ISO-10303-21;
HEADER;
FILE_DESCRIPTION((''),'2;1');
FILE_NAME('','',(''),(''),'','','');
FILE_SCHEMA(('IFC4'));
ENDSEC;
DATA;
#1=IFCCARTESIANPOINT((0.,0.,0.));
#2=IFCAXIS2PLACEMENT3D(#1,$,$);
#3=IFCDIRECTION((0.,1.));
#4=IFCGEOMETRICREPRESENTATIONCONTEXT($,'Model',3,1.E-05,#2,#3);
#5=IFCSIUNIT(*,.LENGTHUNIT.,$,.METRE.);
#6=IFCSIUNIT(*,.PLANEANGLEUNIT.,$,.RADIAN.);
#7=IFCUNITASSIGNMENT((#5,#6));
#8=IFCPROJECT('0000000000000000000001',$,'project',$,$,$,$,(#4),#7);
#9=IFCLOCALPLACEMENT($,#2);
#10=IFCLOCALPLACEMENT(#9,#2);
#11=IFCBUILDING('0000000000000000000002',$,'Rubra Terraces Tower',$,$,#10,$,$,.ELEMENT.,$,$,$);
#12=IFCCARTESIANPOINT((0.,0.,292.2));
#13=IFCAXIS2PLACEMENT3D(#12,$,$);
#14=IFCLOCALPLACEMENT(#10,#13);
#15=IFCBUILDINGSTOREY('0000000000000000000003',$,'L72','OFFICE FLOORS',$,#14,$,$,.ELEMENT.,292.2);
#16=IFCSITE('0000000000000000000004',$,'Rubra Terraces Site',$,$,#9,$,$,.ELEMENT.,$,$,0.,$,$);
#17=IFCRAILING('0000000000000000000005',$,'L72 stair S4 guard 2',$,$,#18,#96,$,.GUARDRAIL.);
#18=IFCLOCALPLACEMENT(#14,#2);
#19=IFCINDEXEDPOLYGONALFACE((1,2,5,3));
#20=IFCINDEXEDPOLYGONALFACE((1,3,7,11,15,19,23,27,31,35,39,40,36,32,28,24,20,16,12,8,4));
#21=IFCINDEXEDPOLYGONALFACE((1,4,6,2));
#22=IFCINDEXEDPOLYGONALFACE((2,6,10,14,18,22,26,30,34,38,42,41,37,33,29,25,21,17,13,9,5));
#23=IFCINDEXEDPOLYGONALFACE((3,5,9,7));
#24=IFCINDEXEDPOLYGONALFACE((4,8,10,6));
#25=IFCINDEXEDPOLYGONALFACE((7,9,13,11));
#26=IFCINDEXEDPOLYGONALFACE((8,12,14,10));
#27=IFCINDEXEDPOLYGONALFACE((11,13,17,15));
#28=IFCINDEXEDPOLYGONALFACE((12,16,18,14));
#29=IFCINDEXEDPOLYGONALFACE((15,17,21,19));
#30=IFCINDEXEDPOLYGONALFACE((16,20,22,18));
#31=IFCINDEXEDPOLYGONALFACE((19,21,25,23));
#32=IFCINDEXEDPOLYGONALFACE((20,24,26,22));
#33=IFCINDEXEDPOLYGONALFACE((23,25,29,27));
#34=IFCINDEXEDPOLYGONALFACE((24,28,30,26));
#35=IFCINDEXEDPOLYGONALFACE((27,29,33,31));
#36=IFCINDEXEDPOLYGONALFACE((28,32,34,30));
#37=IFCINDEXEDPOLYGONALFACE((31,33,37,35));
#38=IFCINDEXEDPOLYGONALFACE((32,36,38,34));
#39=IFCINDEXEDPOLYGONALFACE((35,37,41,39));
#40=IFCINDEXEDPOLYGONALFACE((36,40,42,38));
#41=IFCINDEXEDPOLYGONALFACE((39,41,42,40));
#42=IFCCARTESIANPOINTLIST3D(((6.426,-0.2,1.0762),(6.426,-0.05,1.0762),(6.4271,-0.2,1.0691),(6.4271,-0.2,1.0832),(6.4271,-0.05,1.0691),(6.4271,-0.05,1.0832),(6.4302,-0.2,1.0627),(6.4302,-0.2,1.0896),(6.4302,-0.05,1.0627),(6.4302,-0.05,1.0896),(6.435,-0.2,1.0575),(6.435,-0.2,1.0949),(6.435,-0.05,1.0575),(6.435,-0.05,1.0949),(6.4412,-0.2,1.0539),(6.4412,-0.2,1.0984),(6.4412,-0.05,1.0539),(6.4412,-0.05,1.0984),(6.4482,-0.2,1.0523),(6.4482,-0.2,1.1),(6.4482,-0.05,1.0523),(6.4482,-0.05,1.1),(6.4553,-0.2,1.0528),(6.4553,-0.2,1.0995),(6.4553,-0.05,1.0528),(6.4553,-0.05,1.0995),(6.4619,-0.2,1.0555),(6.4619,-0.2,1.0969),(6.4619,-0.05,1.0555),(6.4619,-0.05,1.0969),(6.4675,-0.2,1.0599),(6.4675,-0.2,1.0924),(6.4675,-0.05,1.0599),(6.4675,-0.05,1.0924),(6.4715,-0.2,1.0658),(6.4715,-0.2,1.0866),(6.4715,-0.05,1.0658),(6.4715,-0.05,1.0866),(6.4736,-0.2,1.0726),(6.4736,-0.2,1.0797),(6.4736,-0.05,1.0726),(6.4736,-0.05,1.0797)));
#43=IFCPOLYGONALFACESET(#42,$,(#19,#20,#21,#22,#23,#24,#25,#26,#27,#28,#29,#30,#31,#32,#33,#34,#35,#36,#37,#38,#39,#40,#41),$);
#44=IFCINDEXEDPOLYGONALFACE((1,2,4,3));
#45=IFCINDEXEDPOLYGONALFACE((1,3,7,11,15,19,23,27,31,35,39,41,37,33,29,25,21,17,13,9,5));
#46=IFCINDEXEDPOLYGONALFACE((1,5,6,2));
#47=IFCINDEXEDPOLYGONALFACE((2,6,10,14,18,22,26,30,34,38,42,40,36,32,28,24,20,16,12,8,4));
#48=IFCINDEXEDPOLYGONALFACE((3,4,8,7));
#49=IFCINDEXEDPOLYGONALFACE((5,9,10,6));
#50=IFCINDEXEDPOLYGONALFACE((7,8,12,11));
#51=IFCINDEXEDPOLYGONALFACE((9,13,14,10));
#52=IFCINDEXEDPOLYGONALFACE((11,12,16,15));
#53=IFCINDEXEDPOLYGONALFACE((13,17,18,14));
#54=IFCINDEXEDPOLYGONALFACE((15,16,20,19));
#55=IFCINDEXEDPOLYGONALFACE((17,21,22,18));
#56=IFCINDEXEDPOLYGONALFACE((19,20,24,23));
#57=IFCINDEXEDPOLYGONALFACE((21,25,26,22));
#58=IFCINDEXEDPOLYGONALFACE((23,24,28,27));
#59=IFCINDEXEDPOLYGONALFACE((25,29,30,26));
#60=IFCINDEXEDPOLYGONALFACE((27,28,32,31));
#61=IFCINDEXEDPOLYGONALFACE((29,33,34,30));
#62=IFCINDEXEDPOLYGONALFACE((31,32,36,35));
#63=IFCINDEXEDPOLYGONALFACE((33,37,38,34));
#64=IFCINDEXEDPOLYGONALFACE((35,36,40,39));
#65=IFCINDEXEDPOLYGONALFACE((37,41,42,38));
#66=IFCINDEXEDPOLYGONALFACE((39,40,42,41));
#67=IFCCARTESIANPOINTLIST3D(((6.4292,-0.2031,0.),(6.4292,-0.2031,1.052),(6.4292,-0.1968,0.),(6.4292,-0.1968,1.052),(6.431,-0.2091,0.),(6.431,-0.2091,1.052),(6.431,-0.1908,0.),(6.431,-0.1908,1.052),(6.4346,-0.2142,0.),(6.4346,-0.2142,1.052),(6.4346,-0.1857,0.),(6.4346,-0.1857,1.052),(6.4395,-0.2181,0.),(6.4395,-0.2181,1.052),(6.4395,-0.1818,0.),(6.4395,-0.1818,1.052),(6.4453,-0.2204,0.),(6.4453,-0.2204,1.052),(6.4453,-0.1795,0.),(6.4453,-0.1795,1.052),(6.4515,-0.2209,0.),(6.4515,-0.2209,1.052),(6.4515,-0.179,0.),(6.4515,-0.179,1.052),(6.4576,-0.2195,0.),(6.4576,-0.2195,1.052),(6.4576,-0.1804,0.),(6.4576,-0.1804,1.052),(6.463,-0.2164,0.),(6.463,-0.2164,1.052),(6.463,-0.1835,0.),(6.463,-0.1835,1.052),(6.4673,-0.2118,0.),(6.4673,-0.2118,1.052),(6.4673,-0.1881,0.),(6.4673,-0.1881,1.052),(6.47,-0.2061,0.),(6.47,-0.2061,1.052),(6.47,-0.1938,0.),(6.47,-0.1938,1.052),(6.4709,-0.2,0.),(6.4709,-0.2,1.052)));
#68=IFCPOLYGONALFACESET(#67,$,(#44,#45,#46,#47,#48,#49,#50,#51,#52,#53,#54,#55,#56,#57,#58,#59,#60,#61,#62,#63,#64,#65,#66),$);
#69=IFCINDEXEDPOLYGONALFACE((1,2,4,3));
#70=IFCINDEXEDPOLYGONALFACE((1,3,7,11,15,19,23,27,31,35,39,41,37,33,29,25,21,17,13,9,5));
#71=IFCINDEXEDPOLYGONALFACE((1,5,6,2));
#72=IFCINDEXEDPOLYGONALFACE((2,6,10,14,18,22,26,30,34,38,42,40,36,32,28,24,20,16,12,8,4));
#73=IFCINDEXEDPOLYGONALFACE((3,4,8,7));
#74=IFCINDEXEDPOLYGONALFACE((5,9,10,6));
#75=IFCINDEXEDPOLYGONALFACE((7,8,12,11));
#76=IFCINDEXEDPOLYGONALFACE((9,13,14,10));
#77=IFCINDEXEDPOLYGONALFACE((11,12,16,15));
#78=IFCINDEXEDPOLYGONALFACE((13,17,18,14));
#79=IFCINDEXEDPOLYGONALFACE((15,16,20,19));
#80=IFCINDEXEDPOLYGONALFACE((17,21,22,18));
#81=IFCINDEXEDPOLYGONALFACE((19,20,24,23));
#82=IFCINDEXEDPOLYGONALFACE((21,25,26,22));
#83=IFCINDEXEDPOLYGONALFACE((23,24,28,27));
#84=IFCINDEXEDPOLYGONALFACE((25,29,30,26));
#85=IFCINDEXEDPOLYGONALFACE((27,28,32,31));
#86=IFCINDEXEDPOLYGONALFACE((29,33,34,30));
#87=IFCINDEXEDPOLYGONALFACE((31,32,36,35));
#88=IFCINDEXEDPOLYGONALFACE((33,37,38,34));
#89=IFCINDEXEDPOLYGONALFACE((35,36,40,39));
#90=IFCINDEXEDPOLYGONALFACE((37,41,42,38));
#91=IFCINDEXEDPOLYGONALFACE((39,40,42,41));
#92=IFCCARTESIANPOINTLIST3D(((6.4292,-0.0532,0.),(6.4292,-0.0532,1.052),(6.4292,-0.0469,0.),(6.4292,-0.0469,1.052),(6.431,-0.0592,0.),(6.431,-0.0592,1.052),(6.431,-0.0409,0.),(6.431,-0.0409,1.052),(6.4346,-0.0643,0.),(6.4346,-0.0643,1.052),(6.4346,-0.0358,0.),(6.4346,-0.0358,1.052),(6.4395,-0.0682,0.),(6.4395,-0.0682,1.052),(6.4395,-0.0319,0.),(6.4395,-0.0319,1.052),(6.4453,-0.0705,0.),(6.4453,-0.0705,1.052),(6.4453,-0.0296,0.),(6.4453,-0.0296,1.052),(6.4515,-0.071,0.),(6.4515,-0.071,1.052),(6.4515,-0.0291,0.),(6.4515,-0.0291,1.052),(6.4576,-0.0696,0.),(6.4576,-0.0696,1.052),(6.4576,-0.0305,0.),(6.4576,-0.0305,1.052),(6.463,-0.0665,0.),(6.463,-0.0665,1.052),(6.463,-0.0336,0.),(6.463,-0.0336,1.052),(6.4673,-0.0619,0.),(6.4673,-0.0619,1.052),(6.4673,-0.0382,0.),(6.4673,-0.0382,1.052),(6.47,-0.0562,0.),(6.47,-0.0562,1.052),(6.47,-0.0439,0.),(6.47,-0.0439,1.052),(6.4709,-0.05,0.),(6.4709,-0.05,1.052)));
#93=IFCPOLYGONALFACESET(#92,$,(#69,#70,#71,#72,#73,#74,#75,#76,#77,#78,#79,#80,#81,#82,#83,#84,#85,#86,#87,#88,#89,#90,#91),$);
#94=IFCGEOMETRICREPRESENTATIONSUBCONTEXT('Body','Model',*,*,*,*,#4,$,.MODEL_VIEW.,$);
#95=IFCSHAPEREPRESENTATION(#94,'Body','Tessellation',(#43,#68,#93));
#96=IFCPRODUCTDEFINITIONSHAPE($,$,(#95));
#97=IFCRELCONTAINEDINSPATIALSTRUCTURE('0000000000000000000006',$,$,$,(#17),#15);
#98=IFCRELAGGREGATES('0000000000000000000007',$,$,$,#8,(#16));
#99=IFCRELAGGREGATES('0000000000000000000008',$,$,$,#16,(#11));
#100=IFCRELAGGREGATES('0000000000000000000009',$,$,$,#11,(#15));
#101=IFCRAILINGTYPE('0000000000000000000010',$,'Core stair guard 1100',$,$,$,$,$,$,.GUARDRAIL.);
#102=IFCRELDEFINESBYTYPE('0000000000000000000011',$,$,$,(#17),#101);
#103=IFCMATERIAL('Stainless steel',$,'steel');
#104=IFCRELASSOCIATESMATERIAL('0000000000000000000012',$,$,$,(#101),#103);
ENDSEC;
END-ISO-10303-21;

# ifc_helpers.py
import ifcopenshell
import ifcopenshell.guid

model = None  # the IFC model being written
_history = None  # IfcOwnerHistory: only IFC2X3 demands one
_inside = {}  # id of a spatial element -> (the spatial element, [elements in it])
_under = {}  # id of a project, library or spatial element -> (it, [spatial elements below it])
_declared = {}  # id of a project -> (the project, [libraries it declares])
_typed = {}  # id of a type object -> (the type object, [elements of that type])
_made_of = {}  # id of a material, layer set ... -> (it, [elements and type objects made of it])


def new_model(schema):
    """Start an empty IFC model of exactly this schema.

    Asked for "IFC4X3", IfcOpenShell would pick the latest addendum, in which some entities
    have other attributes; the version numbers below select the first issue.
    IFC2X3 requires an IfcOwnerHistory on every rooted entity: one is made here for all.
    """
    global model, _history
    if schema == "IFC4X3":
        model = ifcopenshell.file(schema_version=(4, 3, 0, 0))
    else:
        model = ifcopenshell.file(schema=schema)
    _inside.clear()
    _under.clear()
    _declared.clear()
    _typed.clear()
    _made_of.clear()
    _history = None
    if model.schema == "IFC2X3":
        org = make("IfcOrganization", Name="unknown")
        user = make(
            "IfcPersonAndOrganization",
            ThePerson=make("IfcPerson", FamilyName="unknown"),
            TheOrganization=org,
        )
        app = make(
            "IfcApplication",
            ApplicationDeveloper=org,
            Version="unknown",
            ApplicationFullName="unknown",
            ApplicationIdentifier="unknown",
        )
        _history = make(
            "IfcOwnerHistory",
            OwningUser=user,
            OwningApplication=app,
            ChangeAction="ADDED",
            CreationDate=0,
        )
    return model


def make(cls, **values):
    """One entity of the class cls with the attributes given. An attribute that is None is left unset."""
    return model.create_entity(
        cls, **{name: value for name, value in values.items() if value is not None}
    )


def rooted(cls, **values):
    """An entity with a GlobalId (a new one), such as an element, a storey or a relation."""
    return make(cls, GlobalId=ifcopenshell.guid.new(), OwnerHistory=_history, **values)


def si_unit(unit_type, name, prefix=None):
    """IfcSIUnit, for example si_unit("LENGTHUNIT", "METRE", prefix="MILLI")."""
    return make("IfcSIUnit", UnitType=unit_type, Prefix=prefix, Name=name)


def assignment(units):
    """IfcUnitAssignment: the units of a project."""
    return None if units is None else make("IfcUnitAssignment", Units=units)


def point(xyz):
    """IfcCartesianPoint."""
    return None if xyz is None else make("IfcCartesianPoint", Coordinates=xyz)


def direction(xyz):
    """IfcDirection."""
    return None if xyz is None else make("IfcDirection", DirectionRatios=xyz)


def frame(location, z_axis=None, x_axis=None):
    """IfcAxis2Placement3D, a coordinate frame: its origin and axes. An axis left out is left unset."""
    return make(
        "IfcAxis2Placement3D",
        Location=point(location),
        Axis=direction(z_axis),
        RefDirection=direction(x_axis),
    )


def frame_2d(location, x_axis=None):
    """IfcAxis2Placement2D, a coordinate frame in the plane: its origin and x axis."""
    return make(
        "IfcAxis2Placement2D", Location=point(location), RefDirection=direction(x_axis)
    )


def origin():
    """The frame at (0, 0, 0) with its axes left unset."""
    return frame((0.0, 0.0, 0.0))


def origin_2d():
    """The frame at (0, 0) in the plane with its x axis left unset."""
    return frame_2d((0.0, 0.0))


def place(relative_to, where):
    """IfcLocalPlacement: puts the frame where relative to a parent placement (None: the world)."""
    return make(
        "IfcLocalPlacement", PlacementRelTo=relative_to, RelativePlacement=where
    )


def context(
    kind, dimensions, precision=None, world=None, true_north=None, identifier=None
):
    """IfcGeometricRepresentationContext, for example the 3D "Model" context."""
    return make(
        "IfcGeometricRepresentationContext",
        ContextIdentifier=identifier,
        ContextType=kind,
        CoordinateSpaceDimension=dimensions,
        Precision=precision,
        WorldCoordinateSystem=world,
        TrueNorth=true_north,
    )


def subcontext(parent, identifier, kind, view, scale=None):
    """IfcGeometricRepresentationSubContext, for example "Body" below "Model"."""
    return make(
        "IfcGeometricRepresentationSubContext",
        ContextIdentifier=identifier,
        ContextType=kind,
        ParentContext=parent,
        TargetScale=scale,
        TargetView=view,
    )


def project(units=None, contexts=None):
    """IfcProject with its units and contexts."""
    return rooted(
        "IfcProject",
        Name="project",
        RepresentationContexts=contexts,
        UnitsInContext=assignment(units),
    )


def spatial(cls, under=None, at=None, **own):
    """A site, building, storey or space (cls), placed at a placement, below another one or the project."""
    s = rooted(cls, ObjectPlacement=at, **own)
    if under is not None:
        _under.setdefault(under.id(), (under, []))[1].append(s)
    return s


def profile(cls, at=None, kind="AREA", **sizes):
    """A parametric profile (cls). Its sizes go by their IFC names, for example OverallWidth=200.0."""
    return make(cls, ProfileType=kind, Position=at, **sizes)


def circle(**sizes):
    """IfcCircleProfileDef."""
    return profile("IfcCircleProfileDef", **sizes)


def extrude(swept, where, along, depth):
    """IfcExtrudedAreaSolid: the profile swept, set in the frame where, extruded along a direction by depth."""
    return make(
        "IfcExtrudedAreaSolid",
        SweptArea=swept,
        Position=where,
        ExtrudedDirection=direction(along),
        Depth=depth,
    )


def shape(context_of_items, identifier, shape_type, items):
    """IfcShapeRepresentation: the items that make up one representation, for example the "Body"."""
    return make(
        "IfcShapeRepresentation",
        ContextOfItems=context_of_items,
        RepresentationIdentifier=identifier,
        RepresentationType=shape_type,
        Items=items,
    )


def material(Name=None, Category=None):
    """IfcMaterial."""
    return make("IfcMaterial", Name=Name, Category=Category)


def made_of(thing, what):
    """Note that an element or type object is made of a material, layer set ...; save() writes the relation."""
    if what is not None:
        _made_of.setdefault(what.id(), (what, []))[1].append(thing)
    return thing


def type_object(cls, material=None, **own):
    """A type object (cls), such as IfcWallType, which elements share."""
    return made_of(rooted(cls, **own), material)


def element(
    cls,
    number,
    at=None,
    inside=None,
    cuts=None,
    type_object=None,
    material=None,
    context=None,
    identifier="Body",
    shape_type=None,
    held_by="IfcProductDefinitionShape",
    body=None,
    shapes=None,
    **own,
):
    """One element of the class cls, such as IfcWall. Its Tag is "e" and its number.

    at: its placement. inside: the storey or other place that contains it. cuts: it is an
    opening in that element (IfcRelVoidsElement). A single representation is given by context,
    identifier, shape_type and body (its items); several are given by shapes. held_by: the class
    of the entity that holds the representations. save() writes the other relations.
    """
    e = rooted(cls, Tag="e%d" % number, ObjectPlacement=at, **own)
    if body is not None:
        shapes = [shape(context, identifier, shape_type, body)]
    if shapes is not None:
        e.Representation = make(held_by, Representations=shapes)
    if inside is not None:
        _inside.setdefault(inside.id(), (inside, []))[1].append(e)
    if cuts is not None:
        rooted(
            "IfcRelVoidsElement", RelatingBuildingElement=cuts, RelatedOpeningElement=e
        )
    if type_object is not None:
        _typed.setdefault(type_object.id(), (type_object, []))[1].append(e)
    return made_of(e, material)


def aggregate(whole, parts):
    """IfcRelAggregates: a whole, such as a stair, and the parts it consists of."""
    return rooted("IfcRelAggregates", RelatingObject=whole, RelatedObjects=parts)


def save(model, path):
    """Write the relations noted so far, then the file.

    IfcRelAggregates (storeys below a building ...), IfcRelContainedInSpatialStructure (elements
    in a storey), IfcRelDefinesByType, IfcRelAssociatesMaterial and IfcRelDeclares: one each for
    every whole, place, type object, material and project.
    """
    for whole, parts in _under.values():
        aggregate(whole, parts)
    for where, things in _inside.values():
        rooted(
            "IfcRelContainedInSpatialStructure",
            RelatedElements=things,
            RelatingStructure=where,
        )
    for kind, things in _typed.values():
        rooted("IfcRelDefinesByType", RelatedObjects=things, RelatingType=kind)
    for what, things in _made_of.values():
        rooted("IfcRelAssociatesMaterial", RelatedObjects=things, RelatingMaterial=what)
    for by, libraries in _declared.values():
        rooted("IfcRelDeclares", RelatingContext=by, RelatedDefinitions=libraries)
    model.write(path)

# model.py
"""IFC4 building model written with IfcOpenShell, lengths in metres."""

from ifc_helpers import new_model, si_unit, direction, frame, origin, origin_2d, place, context, subcontext, project, spatial, circle, extrude, material, type_object, element, save


model = new_model("IFC4")

# Units and contexts
model_context = context("Model", 3, precision=1e-05, world=origin(), true_north=direction((0.0, 1.0)))
body_context = subcontext(model_context, "Body", "Model", "MODEL_VIEW")
ifc_project = project(units=[si_unit("LENGTHUNIT", "METRE"), si_unit("PLANEANGLEUNIT", "RADIAN")], contexts=[model_context])

# Site, building, storey
site_placement = place(None, origin())
site = spatial("IfcSite", under=ifc_project, at=site_placement, Name="Rubra Terraces Site", CompositionType="ELEMENT", RefElevation=0.0)
building_placement = place(site_placement, origin())
building = spatial("IfcBuilding", under=site, at=building_placement, Name="Rubra Terraces Tower", CompositionType="ELEMENT")
storey_placement = place(building_placement, frame((0.0, 0.0, 292.2)))
storey = spatial("IfcBuildingStorey", under=building, at=storey_placement, Name="L72", Description="OFFICE FLOORS", CompositionType="ELEMENT", Elevation=292.2)

# Railing
ifc_material_1 = material(Name="Stainless steel", Category="steel")
railing_type_1 = type_object("IfcRailingType", Name="Core stair guard 1100", PredefinedType="GUARDRAIL", material=ifc_material_1)
railing_1_placement = place(storey_placement, frame((6.45, -0.2, 0.0)))
element("IfcRailing", 1, at=railing_1_placement, inside=storey, type_object=railing_type_1, Name="L72 stair S4 guard 2", PredefinedType="GUARDRAIL", context=body_context, shape_type="SweptSolid", body=[
    extrude(circle(Radius=0.0239, at=origin_2d()), frame((0.0, 0.0, 1.0762), z_axis=(0.0, 1.0, 0.0), x_axis=(-1.0, 0.0, 0.0)), (0.0, 0.0, 1.0), 0.1499),
    extrude(circle(Radius=0.021, at=origin_2d()), origin(), (0.0, 0.0, 1.0), 1.052),
    extrude(circle(Radius=0.021, at=origin_2d()), frame((0.0, 0.1499, 0.0)), (0.0, 0.0, 1.0), 1.052),
])

save(model, "model.ifc")
